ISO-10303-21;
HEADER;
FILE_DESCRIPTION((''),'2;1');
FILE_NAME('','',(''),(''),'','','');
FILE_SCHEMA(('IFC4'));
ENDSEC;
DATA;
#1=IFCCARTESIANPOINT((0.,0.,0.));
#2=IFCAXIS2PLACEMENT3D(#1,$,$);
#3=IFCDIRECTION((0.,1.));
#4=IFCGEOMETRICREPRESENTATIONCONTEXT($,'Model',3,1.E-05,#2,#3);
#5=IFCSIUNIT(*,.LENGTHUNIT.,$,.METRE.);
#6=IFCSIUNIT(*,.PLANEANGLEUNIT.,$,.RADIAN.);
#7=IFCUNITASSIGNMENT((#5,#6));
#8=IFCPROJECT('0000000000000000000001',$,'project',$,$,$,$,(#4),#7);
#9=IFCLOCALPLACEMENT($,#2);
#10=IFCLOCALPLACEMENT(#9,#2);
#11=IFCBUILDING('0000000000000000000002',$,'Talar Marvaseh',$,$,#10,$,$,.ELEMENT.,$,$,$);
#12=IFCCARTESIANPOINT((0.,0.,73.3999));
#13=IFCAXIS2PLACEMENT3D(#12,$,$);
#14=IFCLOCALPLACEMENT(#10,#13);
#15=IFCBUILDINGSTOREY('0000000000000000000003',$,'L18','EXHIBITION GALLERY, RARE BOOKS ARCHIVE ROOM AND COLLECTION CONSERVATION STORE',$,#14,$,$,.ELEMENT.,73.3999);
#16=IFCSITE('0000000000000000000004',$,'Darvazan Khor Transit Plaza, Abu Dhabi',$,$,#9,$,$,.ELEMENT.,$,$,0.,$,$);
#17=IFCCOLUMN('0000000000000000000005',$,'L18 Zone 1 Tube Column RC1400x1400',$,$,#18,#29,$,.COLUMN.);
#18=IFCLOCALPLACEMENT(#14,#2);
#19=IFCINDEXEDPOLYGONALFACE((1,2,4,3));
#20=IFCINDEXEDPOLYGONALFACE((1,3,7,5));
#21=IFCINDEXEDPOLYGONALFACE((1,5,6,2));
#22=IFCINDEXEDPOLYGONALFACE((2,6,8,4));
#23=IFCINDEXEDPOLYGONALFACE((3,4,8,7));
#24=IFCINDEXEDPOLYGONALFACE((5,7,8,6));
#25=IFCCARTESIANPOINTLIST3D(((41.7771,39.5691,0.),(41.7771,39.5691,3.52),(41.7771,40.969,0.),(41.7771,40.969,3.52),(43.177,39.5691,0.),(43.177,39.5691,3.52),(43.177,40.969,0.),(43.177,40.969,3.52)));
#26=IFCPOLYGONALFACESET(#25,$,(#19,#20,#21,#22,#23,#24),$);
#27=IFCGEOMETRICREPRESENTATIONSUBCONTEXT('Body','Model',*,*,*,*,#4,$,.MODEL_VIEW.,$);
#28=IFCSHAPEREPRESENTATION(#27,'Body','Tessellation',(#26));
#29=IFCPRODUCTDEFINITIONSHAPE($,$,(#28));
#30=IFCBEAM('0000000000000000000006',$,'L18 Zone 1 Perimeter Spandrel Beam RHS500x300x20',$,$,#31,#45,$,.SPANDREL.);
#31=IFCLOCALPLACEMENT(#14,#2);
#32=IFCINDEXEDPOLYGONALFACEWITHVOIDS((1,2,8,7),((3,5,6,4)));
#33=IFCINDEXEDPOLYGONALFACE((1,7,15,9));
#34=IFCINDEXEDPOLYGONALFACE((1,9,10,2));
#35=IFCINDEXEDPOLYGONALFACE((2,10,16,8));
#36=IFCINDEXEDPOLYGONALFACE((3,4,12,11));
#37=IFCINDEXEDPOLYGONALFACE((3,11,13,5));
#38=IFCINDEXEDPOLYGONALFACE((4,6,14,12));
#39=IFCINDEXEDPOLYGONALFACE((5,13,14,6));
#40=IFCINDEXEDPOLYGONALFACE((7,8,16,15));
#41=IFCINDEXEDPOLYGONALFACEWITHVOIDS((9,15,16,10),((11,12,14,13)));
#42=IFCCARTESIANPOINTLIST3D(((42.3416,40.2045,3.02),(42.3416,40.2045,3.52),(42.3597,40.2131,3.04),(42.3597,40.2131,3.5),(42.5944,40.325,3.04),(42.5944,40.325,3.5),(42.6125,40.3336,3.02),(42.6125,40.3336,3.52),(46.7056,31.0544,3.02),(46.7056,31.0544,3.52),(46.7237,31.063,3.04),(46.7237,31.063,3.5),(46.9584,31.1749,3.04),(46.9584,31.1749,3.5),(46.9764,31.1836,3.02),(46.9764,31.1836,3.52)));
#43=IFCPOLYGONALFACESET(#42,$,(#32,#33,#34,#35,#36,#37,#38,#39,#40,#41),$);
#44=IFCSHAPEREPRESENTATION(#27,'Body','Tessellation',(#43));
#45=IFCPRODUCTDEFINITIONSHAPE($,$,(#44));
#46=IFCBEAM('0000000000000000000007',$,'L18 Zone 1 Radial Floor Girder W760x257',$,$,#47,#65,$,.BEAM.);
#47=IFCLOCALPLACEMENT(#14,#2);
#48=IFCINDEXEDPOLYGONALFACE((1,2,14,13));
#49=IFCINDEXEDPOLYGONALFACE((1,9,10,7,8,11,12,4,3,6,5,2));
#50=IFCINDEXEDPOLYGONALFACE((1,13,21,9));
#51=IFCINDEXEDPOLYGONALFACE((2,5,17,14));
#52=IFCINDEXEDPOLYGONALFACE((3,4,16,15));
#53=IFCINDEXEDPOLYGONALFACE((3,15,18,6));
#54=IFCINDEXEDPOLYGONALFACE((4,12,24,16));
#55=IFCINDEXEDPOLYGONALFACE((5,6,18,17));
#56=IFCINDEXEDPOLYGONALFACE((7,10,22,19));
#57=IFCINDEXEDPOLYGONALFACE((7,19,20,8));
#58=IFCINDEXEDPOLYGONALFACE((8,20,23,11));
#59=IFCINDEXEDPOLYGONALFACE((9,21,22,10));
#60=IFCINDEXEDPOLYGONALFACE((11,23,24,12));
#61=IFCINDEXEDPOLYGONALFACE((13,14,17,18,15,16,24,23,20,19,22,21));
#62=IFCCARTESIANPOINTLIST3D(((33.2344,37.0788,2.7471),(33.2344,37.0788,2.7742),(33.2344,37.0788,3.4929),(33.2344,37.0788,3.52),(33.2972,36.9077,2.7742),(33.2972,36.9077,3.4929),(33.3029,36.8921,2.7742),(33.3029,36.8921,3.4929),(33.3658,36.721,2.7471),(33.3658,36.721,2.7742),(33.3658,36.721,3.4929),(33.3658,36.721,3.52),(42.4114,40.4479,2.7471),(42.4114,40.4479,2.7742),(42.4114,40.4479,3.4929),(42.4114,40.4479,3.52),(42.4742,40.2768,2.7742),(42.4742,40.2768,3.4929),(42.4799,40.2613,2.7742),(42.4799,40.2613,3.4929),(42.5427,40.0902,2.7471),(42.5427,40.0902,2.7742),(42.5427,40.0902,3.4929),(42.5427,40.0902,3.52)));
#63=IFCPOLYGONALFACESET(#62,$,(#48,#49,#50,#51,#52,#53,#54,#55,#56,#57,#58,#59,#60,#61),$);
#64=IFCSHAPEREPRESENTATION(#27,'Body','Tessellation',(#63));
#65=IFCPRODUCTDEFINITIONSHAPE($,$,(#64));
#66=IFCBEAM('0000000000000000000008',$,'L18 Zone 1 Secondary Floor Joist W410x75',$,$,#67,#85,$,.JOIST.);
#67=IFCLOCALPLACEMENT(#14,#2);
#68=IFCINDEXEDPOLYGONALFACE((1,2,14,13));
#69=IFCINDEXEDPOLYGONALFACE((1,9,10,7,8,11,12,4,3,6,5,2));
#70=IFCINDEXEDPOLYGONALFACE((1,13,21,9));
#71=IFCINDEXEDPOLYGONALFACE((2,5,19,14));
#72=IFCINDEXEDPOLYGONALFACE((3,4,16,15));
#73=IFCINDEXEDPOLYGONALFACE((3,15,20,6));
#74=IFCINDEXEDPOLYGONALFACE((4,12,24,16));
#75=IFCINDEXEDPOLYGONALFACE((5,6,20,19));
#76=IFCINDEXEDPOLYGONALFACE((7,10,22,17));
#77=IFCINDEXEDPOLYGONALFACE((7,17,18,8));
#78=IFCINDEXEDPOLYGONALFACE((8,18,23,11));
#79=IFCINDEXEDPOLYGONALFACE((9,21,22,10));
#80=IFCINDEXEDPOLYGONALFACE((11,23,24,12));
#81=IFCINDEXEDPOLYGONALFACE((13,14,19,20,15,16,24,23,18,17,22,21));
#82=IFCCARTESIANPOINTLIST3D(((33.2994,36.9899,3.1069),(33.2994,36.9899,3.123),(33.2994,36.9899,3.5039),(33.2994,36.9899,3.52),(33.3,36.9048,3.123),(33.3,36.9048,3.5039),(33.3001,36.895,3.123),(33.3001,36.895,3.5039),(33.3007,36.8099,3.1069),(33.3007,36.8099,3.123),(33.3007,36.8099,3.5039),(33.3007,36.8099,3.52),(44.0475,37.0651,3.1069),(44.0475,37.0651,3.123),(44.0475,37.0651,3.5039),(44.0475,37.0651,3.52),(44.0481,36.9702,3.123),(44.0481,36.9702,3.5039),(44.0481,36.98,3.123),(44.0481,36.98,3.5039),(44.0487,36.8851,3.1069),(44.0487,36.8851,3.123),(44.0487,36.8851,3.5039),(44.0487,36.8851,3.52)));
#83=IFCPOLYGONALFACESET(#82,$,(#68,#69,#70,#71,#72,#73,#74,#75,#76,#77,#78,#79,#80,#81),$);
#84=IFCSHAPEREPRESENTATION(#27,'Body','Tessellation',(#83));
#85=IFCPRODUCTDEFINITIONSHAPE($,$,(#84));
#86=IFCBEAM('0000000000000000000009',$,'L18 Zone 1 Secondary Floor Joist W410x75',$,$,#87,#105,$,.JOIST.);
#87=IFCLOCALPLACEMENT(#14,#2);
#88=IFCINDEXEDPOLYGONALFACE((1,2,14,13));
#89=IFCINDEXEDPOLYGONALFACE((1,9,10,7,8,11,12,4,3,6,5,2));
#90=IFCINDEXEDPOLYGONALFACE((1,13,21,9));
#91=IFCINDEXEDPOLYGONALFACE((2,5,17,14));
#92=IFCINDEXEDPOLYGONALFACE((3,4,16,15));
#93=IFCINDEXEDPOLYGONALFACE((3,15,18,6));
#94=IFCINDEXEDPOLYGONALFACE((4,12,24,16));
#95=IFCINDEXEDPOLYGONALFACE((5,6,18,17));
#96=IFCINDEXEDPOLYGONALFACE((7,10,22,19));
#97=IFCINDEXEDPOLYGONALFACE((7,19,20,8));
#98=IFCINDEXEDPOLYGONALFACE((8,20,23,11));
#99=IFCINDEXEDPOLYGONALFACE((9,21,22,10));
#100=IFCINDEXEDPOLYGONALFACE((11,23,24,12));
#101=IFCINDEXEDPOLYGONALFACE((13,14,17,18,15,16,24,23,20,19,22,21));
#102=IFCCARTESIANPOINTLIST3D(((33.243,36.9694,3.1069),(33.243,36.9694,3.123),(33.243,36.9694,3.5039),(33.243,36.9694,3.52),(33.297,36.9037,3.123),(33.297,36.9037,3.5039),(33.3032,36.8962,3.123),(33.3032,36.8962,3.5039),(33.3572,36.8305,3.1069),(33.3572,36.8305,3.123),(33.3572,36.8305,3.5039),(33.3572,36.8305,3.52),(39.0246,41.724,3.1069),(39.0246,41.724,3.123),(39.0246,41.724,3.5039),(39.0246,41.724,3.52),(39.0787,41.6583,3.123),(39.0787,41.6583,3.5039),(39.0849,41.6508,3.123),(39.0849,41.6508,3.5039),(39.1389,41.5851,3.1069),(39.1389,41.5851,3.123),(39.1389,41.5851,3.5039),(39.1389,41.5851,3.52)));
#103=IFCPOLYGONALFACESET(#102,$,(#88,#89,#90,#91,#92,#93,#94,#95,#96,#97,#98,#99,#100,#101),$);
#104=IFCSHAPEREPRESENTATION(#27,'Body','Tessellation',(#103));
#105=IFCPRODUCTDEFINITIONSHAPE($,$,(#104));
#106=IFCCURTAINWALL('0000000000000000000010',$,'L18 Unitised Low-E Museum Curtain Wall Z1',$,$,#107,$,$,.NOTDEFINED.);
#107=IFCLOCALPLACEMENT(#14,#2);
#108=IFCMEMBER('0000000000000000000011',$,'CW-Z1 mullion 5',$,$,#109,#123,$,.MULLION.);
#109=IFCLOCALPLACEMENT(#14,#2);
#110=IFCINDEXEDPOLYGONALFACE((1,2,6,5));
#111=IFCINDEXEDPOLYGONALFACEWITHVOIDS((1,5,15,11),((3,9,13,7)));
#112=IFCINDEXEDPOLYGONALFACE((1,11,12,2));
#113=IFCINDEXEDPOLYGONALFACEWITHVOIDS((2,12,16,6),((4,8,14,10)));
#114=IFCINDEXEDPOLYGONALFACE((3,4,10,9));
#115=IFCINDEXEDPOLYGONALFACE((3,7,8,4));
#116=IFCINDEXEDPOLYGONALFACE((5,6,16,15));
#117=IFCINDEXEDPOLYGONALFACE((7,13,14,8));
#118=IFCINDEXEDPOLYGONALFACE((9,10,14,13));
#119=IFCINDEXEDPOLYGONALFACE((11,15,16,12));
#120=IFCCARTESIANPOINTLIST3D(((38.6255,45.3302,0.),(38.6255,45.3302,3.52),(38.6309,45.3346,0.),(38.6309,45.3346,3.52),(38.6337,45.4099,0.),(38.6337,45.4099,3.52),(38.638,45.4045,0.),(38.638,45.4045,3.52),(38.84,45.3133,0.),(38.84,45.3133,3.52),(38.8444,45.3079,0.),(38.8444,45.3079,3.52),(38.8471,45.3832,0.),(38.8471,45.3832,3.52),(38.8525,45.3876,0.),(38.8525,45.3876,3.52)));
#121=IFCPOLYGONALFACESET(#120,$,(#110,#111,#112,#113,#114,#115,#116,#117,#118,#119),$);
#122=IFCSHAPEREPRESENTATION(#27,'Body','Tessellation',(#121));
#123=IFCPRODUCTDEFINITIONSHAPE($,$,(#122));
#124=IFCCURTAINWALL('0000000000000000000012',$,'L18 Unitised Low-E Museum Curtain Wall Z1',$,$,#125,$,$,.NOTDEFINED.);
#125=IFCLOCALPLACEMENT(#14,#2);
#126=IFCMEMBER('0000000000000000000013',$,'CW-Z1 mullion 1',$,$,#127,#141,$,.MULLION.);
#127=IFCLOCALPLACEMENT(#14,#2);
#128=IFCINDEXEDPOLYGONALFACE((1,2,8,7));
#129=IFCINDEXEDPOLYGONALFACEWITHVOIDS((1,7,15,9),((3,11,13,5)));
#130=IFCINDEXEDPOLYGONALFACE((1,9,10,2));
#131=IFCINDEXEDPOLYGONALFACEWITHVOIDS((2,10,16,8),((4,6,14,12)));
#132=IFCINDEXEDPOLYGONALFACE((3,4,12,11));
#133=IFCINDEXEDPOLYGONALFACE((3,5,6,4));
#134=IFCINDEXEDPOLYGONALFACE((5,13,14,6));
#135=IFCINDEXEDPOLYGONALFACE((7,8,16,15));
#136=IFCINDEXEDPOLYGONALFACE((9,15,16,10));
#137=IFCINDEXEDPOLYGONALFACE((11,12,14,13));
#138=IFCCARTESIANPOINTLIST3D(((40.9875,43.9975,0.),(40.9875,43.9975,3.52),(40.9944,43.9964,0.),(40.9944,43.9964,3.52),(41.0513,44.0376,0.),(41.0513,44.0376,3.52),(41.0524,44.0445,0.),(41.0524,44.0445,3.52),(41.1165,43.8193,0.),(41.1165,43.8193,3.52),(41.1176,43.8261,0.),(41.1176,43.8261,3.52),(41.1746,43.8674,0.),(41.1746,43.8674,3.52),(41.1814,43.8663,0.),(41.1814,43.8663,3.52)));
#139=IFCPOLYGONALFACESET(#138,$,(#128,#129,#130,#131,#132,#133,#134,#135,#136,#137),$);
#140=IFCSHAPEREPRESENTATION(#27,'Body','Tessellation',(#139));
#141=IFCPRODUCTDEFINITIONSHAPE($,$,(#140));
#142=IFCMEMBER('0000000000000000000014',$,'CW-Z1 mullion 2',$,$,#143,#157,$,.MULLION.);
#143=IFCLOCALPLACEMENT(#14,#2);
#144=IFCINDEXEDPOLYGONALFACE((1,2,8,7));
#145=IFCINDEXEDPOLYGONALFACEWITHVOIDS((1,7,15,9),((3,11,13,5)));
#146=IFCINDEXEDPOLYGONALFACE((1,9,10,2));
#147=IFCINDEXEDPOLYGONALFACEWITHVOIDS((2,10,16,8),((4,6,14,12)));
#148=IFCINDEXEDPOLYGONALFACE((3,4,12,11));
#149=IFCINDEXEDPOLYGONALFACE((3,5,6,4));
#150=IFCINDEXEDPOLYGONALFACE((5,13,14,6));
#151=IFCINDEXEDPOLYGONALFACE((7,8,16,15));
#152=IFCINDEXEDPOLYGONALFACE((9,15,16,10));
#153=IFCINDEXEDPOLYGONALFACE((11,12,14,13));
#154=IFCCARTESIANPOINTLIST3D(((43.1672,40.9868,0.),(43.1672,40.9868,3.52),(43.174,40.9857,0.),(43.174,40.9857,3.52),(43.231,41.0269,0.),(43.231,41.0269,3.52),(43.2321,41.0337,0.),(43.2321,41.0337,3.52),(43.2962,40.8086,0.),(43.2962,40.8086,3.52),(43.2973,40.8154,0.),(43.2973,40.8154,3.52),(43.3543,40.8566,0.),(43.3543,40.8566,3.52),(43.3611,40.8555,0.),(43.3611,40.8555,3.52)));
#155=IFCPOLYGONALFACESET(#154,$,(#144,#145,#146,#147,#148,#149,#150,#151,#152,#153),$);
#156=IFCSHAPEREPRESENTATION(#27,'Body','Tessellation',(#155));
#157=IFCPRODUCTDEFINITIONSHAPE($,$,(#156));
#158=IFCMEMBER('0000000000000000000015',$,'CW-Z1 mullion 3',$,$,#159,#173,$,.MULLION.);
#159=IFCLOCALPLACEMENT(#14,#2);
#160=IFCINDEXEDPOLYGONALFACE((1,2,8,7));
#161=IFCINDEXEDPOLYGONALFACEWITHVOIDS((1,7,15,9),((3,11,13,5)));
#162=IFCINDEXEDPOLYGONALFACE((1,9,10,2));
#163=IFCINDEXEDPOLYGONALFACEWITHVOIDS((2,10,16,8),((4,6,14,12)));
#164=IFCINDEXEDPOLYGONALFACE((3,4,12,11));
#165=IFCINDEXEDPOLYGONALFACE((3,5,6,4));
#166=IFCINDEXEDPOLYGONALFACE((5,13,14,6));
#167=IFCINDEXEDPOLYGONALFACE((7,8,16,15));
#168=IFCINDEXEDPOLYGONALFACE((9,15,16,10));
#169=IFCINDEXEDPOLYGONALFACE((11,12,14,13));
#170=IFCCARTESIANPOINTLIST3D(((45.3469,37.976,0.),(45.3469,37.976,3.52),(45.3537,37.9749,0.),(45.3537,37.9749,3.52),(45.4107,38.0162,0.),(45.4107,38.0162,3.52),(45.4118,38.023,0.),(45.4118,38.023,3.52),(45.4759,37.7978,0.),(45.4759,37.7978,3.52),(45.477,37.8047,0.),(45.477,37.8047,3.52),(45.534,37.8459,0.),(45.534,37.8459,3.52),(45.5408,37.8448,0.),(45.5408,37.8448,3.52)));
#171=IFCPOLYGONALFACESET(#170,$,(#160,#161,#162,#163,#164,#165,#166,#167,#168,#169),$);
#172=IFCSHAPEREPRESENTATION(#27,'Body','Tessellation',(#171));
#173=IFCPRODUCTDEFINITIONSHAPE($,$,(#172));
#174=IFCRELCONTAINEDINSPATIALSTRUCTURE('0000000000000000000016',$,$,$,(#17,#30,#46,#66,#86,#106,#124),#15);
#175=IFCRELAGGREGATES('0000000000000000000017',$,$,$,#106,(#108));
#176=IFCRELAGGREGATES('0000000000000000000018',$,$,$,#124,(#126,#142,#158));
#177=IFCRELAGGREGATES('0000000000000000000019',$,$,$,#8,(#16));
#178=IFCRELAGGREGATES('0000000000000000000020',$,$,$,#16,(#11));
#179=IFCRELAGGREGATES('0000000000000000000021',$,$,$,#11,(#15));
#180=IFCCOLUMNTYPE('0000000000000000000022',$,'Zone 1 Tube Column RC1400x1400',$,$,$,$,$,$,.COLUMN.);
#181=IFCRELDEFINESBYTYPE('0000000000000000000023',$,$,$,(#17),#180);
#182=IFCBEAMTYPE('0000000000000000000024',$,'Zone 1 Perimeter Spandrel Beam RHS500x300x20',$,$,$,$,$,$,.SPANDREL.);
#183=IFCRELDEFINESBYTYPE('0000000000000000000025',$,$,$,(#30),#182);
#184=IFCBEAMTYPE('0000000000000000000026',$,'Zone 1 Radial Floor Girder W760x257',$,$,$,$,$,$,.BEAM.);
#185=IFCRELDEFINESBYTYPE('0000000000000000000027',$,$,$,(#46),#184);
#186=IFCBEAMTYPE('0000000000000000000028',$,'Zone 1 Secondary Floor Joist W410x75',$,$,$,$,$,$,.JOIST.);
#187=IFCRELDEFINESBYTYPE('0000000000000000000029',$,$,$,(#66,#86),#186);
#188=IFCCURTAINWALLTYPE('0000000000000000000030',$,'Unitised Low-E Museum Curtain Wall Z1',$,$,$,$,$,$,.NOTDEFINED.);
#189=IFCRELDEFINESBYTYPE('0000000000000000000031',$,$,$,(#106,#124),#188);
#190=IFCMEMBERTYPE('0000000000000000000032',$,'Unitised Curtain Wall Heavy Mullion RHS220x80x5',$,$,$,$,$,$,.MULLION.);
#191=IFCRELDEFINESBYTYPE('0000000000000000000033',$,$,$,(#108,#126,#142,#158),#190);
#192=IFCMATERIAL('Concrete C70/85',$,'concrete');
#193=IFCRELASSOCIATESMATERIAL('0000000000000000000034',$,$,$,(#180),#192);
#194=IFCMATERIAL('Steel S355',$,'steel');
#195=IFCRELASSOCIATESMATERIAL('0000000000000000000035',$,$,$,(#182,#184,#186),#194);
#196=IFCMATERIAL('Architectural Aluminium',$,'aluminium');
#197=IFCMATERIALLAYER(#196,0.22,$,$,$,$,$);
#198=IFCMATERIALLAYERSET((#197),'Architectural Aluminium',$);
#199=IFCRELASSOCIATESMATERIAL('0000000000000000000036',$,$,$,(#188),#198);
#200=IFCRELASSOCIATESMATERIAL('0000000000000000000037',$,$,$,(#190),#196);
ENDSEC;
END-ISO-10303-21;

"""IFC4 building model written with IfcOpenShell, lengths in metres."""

from ifc_helpers import new_model, si_unit, direction, frame, origin, origin_2d, place, context, subcontext, project, spatial, rectangle, hollow_rectangle, i_section, extrude, source, transform, mapped, material, layer, layer_set, material_profile, profile_set, type_object, type_shapes, element, aggregate, save


model = new_model("IFC4")

# Units and contexts
model_context = context("Model", 3, precision=1e-05, world=origin(), true_north=direction((0.0, 1.0)))
body_context = subcontext(model_context, "Body", "Model", "MODEL_VIEW")
ifc_project = project(units=[si_unit("LENGTHUNIT", "METRE"), si_unit("PLANEANGLEUNIT", "RADIAN")], contexts=[model_context])

# Site, building, storey
site_placement = place(None, origin())
site = spatial("IfcSite", under=ifc_project, at=site_placement, Name="Darvazan Khor Transit Plaza, Abu Dhabi", CompositionType="ELEMENT", RefElevation=0.0)
building_placement = place(site_placement, origin())
building = spatial("IfcBuilding", under=site, at=building_placement, Name="Talar Marvaseh", CompositionType="ELEMENT")
storey_placement = place(building_placement, frame((0.0, 0.0, 73.3999)))
storey = spatial("IfcBuildingStorey", under=building, at=storey_placement, Name="L18", Description="EXHIBITION GALLERY, RARE BOOKS ARCHIVE ROOM AND COLLECTION CONSERVATION STORE", CompositionType="ELEMENT", Elevation=73.3999)

# Column
ifc_material_1 = material(Name="Concrete C70/85", Category="concrete")
ifc_material_profile_1 = material_profile(ifc_material_1, rectangle(XDim=1.3999, YDim=1.3999, at=origin_2d()), Name="RC1400x1400")
ifc_profile_set_1 = profile_set([ifc_material_profile_1], Name="Concrete C70/85")
column_type = type_object("IfcColumnType", Name="Zone 1 Tube Column RC1400x1400", PredefinedType="COLUMN", material=ifc_profile_set_1)
column_placement = place(storey_placement, frame((42.4771, 40.269, 0.0), z_axis=(0.0, 0.0, 1.0), x_axis=(1.0, 0.0, 0.0)))
element("IfcColumn", 1, at=column_placement, inside=storey, type_object=column_type, Name="L18 Zone 1 Tube Column RC1400x1400", PredefinedType="COLUMN", context=body_context, shape_type="SweptSolid", body=[
    extrude(rectangle(XDim=1.3999, YDim=1.3999, at=origin_2d()), origin(), (0.0, 0.0, 1.0), 3.52),
])

# Beams
ifc_material_2 = material(Name="Steel S355", Category="steel")
ifc_material_profile_2 = material_profile(ifc_material_2, hollow_rectangle(XDim=0.3, YDim=0.5, WallThickness=0.02, at=origin_2d()), Name="RHS500x300x20")
ifc_profile_set_2 = profile_set([ifc_material_profile_2], Name="Steel S355")
beam_type_1 = type_object("IfcBeamType", Name="Zone 1 Perimeter Spandrel Beam RHS500x300x20", PredefinedType="SPANDREL", material=ifc_profile_set_2)
beam_1_placement = place(storey_placement, frame((42.4771, 40.269, 3.27), z_axis=(0.43048, -0.9026, 0.0), x_axis=(0.9026, 0.43048, 0.0)))
element("IfcBeam", 2, at=beam_1_placement, inside=storey, type_object=beam_type_1, Name="L18 Zone 1 Perimeter Spandrel Beam RHS500x300x20", PredefinedType="SPANDREL", context=body_context, shape_type="SweptSolid", body=[
    extrude(hollow_rectangle(XDim=0.3, YDim=0.5, WallThickness=0.02, at=origin_2d()), origin(), (0.0, 0.0, 1.0), 10.1375),
])
ifc_material_profile_3 = material_profile(ifc_material_2, i_section(OverallWidth=0.3811, OverallDepth=0.7729, WebThickness=0.0166, FlangeThickness=0.0271, at=origin_2d()), Name="W760x257")
ifc_profile_set_3 = profile_set([ifc_material_profile_3], Name="Steel S355")
beam_type_2 = type_object("IfcBeamType", Name="Zone 1 Radial Floor Girder W760x257", PredefinedType="BEAM", material=ifc_profile_set_3)
beam_2_placement = place(storey_placement, frame((42.4771, 40.269, 3.1335), z_axis=(-0.938736, -0.344637, 0.0), x_axis=(0.344637, -0.938736, 0.0)))
element("IfcBeam", 3, at=beam_2_placement, inside=storey, type_object=beam_type_2, Name="L18 Zone 1 Radial Floor Girder W760x257", PredefinedType="BEAM", context=body_context, shape_type="SweptSolid", body=[
    extrude(i_section(OverallWidth=0.3811, OverallDepth=0.7729, WebThickness=0.0166, FlangeThickness=0.0271, at=origin_2d()), origin(), (0.0, 0.0, 1.0), 9.7759),
])
ifc_material_profile_4 = material_profile(ifc_material_2, i_section(OverallWidth=0.1799, OverallDepth=0.4131, WebThickness=0.0098, FlangeThickness=0.0161, at=origin_2d()), Name="W410x75")
ifc_profile_set_4 = profile_set([ifc_material_profile_4], Name="Steel S355")
beam_type_3 = type_object("IfcBeamType", Name="Zone 1 Secondary Floor Joist W410x75", PredefinedType="JOIST", material=ifc_profile_set_4)
beam_3_placement = place(storey_placement, frame((44.0481, 36.9751, 3.3135), z_axis=(-0.999976, -0.006996, 0.0), x_axis=(0.006996, -0.999976, 0.0)))
element("IfcBeam", 4, at=beam_3_placement, inside=storey, type_object=beam_type_3, Name="L18 Zone 1 Secondary Floor Joist W410x75", PredefinedType="JOIST", context=body_context, shape_type="SweptSolid", body=[
    extrude(i_section(OverallWidth=0.1799, OverallDepth=0.4131, WebThickness=0.0098, FlangeThickness=0.0161, at=origin_2d()), origin(), (0.0, 0.0, 1.0), 10.7483),
])
beam_4_placement = place(storey_placement, frame((39.0818, 41.6545, 3.3135), z_axis=(-0.772375, -0.635166, 0.0), x_axis=(0.635166, -0.772375, 0.0)))
element("IfcBeam", 5, at=beam_4_placement, inside=storey, type_object=beam_type_3, Name="L18 Zone 1 Secondary Floor Joist W410x75", PredefinedType="JOIST", context=body_context, shape_type="SweptSolid", body=[
    extrude(i_section(OverallWidth=0.1799, OverallDepth=0.4131, WebThickness=0.0098, FlangeThickness=0.0161, at=origin_2d()), origin(), (0.0, 0.0, 1.0), 7.4856),
])

# Curtain wall, member
ifc_material_3 = material(Name="Architectural Aluminium", Category="aluminium")
ifc_layer_1 = layer(ifc_material_3, 0.22)
ifc_layer_set_1 = layer_set([ifc_layer_1], Name="Architectural Aluminium")
curtain_wall_type = type_object("IfcCurtainWallType", Name="Unitised Low-E Museum Curtain Wall Z1", PredefinedType="NOTDEFINED", material=ifc_layer_set_1)
curtain_wall_1_placement = place(storey_placement, origin())
curtain_wall_1 = element("IfcCurtainWall", 6, at=curtain_wall_1_placement, inside=storey, type_object=curtain_wall_type, Name="L18 Unitised Low-E Museum Curtain Wall Z1", PredefinedType="NOTDEFINED")
ifc_material_profile_5 = material_profile(ifc_material_3, hollow_rectangle(XDim=0.0801, YDim=0.22, WallThickness=0.0049, at=origin_2d()), Name="RHS220x80x5")
ifc_profile_set_5 = profile_set([ifc_material_profile_5], Name="Architectural Aluminium")
member_type_1 = type_object("IfcMemberType", Name="Unitised Curtain Wall Heavy Mullion RHS220x80x5", PredefinedType="MULLION", material=ifc_profile_set_5)
shared_shape_1 = source(origin(), body_context, "Body", "SweptSolid", [
    extrude(hollow_rectangle(XDim=0.0801, YDim=0.22, WallThickness=0.0049, at=origin_2d()), origin(), (0.0, 0.0, 1.0), 3.52),
])
type_shapes(member_type_1, [shared_shape_1])
member_1_placement = place(storey_placement, frame((38.739, 45.3589, 0.0), z_axis=(0.0, 0.0, 1.0), x_axis=(0.101365, 0.994849, 0.0)))
member_1 = element("IfcMember", 7, at=member_1_placement, type_object=member_type_1, Name="CW-Z1 mullion 5", PredefinedType="MULLION", context=body_context, shape_type="MappedRepresentation", body=[
    mapped(shared_shape_1, transform((0.0, 0.0, 0.0), x_axis=(1.0, 0.0, 0.0), y_axis=(0.0, 1.0, 0.0), z_axis=(0.0, 0.0, 1.0), scale=1.0)),
])
aggregate(curtain_wall_1, [member_1])

# Curtain wall, members
curtain_wall_2_placement = place(storey_placement, origin())
curtain_wall_2 = element("IfcCurtainWall", 8, at=curtain_wall_2_placement, inside=storey, type_object=curtain_wall_type, Name="L18 Unitised Low-E Museum Curtain Wall Z1", PredefinedType="NOTDEFINED")
member_2_placement = place(storey_placement, frame((41.0845, 43.9319, 0.0), z_axis=(0.0, 0.0, 1.0), x_axis=(0.810007, 0.586421, 0.0)))
member_2 = element("IfcMember", 9, at=member_2_placement, type_object=member_type_1, Name="CW-Z1 mullion 1", PredefinedType="MULLION", context=body_context, shape_type="MappedRepresentation", body=[
    mapped(shared_shape_1, transform((0.0, 0.0, 0.0), x_axis=(1.0, 0.0, 0.0), y_axis=(0.0, 1.0, 0.0), z_axis=(0.0, 0.0, 1.0), scale=1.0)),
])
member_3_placement = place(storey_placement, frame((43.2642, 40.9211, 0.0), z_axis=(0.0, 0.0, 1.0), x_axis=(0.810007, 0.586421, 0.0)))
member_3 = element("IfcMember", 10, at=member_3_placement, type_object=member_type_1, Name="CW-Z1 mullion 2", PredefinedType="MULLION", context=body_context, shape_type="MappedRepresentation", body=[
    mapped(shared_shape_1, transform((0.0, 0.0, 0.0), x_axis=(1.0, 0.0, 0.0), y_axis=(0.0, 1.0, 0.0), z_axis=(0.0, 0.0, 1.0), scale=1.0)),
])
member_4_placement = place(storey_placement, frame((45.4438, 37.9104, 0.0), z_axis=(0.0, 0.0, 1.0), x_axis=(0.810007, 0.586421, 0.0)))
member_4 = element("IfcMember", 11, at=member_4_placement, type_object=member_type_1, Name="CW-Z1 mullion 3", PredefinedType="MULLION", context=body_context, shape_type="MappedRepresentation", body=[
    mapped(shared_shape_1, transform((0.0, 0.0, 0.0), x_axis=(1.0, 0.0, 0.0), y_axis=(0.0, 1.0, 0.0), z_axis=(0.0, 0.0, 1.0), scale=1.0)),
])

aggregate(curtain_wall_2, [member_2, member_3, member_4])

save(model, "model.ifc")
